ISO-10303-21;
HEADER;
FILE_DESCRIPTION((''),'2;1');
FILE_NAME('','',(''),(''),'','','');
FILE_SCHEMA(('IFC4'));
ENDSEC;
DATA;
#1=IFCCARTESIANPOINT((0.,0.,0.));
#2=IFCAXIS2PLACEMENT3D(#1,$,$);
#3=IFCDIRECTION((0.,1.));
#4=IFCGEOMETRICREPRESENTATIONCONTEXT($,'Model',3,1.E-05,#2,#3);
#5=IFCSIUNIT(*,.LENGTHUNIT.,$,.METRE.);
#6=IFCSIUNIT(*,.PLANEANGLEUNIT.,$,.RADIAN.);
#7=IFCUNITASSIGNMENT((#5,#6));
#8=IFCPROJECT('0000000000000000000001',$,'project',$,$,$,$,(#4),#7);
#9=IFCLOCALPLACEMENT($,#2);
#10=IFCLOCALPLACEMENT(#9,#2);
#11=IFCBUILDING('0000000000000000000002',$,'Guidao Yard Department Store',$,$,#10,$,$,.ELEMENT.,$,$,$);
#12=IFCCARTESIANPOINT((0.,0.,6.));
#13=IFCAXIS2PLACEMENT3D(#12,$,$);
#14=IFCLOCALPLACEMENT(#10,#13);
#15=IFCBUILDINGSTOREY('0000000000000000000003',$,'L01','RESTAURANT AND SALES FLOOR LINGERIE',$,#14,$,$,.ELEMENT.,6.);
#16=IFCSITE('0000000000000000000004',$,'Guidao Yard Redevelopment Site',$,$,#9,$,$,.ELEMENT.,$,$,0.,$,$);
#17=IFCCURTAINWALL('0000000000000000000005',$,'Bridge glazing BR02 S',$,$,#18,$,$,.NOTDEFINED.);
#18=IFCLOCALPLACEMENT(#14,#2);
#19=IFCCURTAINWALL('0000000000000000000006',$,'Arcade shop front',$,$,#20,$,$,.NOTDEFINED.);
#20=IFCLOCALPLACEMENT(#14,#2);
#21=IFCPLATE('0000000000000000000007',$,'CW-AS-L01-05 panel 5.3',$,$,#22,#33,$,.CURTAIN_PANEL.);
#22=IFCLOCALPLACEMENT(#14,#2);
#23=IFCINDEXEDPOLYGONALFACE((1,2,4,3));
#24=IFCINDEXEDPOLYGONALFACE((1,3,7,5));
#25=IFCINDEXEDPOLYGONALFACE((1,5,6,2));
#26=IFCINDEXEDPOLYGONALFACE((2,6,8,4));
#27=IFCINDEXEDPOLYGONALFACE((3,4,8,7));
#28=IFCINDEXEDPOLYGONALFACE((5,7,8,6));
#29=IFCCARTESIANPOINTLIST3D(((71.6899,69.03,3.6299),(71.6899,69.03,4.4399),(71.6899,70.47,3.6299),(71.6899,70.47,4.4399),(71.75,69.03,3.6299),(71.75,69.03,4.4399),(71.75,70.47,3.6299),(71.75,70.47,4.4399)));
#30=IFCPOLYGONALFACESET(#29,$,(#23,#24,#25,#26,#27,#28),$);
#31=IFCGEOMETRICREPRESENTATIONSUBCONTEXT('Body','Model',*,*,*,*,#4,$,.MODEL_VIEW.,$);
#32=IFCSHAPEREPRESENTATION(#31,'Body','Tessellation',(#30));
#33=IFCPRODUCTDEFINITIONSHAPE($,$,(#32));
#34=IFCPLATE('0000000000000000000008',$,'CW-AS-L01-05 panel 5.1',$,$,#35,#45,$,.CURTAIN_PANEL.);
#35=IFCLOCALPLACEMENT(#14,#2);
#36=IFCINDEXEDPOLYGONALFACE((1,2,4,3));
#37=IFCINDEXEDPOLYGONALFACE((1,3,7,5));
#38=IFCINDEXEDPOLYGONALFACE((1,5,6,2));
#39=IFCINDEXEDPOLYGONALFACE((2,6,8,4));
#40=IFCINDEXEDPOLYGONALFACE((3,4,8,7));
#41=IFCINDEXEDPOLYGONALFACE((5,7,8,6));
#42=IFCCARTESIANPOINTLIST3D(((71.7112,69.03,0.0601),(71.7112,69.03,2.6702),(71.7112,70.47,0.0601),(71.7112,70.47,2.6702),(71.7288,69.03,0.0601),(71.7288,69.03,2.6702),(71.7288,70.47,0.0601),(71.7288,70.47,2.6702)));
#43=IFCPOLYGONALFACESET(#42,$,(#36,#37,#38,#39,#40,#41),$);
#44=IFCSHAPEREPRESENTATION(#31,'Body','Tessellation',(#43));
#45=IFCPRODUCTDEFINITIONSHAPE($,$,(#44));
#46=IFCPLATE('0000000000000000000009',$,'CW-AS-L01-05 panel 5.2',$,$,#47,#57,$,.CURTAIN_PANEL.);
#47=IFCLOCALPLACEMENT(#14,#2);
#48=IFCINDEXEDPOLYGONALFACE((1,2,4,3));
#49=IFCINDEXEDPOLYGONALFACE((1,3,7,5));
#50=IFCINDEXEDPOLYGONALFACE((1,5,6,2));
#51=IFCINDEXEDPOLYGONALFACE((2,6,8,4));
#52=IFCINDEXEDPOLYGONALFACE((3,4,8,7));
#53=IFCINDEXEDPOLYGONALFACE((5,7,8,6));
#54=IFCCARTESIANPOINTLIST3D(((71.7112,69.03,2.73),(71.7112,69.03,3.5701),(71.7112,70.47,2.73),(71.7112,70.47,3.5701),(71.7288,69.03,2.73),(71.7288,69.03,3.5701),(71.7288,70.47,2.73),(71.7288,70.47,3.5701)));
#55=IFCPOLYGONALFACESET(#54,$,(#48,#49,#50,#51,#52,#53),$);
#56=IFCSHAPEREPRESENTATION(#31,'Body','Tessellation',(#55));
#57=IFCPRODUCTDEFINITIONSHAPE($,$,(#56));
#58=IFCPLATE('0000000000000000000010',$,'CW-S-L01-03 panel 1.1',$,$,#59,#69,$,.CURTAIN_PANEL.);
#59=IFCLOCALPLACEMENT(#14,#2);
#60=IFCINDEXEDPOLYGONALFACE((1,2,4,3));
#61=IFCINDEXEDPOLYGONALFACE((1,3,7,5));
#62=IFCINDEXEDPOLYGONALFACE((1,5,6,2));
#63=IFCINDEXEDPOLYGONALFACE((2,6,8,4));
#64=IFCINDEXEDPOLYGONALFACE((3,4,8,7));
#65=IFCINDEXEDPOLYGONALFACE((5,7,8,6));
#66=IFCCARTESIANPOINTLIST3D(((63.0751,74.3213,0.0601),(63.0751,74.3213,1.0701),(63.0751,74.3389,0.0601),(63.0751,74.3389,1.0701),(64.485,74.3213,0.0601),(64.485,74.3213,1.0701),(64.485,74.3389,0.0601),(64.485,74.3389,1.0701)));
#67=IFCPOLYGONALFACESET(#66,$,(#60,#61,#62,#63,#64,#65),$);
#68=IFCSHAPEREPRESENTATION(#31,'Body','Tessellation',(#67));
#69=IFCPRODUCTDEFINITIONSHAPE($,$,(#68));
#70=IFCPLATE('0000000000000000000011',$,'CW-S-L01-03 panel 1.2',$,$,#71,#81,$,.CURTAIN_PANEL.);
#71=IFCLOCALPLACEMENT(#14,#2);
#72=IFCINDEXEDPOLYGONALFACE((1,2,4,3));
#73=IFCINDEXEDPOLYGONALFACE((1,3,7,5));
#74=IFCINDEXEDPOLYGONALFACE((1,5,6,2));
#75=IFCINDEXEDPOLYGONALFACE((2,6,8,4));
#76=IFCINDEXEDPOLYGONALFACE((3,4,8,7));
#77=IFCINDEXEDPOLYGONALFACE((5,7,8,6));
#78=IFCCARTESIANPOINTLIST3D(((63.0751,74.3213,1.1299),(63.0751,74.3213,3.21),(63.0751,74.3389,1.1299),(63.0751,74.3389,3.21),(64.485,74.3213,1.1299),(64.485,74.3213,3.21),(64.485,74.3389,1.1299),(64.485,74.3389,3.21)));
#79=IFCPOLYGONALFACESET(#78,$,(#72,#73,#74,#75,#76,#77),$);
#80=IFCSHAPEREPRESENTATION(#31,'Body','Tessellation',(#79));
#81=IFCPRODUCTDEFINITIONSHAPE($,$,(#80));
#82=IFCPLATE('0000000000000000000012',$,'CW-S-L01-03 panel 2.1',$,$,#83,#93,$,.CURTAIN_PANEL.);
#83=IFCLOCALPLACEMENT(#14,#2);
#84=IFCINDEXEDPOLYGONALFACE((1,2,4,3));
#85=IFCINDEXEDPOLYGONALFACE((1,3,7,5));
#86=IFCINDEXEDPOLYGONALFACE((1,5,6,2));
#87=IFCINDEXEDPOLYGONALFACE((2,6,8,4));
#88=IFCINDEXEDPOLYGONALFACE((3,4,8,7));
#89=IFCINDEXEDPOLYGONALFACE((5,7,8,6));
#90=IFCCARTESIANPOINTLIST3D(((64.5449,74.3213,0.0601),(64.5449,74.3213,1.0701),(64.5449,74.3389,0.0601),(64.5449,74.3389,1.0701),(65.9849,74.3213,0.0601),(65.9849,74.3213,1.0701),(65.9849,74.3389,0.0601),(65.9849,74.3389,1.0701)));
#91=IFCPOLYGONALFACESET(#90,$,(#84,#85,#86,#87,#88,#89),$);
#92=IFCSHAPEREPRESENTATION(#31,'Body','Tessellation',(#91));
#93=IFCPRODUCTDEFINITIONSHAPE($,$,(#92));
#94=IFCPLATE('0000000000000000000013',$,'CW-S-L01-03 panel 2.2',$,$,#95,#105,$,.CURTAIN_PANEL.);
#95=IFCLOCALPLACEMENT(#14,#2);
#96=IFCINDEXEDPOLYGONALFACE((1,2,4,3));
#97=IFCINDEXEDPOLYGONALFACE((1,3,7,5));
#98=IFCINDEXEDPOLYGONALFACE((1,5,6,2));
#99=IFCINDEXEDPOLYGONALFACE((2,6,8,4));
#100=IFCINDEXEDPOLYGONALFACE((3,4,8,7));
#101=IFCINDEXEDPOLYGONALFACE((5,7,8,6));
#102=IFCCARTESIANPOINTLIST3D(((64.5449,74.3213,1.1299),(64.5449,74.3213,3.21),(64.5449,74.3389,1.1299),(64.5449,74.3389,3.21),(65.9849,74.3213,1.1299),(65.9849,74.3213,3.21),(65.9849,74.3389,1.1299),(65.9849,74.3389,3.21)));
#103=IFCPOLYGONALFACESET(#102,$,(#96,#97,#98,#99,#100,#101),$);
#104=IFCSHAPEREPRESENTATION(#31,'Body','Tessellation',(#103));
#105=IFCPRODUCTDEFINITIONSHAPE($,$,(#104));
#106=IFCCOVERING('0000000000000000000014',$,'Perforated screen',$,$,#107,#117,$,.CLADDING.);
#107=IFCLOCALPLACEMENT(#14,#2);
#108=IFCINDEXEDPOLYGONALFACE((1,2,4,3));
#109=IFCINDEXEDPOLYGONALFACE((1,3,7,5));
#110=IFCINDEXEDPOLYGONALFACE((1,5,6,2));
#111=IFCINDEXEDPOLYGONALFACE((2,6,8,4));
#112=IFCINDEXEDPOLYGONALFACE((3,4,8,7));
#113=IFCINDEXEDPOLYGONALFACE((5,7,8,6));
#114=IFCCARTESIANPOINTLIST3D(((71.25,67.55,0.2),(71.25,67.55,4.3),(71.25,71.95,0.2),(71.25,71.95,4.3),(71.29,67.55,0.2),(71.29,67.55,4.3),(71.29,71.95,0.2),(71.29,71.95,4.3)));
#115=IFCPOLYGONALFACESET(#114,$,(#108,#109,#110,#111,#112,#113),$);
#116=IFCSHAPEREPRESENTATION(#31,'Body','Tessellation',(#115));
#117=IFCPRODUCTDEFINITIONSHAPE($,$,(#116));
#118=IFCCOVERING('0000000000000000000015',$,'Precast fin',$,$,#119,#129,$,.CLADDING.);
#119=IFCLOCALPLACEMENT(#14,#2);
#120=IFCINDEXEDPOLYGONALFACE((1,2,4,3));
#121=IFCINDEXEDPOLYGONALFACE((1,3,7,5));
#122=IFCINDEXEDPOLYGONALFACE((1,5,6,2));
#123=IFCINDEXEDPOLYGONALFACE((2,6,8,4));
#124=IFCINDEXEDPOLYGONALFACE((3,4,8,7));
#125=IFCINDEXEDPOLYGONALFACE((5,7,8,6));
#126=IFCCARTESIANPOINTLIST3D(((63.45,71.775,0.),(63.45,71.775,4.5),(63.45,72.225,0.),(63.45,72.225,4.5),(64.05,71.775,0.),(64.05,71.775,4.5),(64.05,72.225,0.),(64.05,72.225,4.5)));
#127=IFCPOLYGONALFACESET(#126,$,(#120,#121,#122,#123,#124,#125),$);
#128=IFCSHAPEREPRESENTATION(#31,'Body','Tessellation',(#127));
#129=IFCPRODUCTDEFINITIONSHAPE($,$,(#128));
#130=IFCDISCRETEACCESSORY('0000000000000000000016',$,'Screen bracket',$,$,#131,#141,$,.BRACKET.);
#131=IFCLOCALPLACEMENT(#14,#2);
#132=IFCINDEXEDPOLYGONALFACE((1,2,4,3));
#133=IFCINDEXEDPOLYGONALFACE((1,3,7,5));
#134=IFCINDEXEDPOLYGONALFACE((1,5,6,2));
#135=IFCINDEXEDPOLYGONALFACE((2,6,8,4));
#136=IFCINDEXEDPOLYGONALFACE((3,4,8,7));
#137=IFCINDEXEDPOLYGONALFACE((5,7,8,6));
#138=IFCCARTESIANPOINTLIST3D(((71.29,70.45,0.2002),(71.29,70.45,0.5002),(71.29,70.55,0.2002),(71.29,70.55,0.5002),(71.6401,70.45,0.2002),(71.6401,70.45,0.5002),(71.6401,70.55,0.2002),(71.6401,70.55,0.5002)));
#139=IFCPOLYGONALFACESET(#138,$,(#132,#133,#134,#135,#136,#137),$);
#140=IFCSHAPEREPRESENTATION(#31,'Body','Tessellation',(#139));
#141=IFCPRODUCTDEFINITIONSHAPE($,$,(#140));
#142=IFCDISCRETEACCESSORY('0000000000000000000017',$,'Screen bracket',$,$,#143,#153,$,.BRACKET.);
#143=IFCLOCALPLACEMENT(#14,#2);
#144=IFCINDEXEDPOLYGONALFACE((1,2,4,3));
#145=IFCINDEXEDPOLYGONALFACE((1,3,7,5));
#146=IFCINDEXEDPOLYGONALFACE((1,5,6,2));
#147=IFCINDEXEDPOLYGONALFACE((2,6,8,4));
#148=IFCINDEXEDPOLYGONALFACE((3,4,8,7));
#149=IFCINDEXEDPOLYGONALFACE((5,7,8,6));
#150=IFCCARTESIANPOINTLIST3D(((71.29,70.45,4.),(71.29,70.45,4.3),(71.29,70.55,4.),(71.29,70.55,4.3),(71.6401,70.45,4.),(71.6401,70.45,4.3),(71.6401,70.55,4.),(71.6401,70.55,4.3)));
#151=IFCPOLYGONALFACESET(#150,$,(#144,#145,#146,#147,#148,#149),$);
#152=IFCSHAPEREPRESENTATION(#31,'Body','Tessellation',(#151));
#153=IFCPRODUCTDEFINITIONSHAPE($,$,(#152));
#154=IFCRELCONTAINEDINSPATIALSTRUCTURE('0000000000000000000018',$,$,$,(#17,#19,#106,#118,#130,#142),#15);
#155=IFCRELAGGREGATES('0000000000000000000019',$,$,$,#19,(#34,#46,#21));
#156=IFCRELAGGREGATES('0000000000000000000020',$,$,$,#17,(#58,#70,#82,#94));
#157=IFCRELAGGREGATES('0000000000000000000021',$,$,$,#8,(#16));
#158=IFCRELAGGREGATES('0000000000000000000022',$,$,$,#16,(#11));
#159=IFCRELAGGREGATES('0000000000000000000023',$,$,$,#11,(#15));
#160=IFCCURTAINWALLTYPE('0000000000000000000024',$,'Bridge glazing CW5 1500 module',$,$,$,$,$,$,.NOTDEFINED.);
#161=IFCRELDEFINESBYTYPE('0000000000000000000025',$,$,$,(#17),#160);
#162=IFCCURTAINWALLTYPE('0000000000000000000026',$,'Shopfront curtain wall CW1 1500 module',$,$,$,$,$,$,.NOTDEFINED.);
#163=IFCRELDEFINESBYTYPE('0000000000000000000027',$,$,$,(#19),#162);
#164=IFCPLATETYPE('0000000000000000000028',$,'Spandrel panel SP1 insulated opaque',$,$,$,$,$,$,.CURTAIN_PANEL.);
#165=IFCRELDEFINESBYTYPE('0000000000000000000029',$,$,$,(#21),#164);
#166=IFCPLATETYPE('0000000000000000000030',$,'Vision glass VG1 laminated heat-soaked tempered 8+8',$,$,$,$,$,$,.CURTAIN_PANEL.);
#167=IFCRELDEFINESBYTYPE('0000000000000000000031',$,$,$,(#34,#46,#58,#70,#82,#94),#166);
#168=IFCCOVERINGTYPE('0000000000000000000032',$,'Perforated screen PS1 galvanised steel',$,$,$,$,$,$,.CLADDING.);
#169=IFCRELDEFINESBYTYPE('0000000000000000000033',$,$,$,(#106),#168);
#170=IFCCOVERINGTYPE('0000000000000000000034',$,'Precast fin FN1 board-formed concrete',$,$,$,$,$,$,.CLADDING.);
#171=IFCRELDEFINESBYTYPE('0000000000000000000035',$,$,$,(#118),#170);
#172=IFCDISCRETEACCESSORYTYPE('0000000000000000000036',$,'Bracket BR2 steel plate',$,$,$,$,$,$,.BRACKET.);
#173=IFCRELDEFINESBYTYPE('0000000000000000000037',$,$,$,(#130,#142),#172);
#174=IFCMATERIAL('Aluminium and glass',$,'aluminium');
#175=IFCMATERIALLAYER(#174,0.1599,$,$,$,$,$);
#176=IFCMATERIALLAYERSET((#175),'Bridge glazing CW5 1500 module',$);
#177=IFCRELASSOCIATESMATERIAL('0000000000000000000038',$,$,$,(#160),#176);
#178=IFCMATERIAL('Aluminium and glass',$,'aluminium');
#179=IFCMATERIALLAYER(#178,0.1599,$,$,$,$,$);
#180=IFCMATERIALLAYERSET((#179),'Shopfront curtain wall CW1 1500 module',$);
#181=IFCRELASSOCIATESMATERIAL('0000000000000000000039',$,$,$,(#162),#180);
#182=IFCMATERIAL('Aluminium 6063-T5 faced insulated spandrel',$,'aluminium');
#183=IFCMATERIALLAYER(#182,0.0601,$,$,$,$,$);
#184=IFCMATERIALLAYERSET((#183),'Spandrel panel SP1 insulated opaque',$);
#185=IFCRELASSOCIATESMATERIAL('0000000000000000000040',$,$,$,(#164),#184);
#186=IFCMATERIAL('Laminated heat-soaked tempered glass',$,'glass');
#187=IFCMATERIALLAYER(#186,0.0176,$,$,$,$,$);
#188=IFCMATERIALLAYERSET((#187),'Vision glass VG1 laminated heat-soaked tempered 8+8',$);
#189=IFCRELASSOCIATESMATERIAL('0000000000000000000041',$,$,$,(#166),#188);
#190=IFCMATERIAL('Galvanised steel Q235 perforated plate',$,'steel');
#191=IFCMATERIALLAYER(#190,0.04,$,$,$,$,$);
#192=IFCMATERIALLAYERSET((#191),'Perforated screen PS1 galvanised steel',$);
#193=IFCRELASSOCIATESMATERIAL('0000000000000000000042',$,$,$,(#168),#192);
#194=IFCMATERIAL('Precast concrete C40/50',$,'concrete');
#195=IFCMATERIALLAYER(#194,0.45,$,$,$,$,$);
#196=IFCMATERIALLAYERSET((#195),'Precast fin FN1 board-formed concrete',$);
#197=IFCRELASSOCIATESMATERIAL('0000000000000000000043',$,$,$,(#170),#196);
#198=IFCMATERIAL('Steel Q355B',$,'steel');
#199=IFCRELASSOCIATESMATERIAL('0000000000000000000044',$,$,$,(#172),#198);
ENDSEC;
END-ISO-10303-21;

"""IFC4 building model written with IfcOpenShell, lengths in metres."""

from ifc_helpers import new_model, si_unit, direction, frame, origin, origin_2d, place, context, subcontext, project, spatial, rectangle, extrude, material, layer, layer_set, type_object, element, aggregate, save


model = new_model("IFC4")

# Units and contexts
model_context = context("Model", 3, precision=1e-05, world=origin(), true_north=direction((0.0, 1.0)))
body_context = subcontext(model_context, "Body", "Model", "MODEL_VIEW")
ifc_project = project(units=[si_unit("LENGTHUNIT", "METRE"), si_unit("PLANEANGLEUNIT", "RADIAN")], contexts=[model_context])

# Site, building, storey
site_placement = place(None, origin())
site = spatial("IfcSite", under=ifc_project, at=site_placement, Name="Guidao Yard Redevelopment Site", CompositionType="ELEMENT", RefElevation=0.0)
building_placement = place(site_placement, origin())
building = spatial("IfcBuilding", under=site, at=building_placement, Name="Guidao Yard Department Store", CompositionType="ELEMENT")
storey_placement = place(building_placement, frame((0.0, 0.0, 6.0)))
storey = spatial("IfcBuildingStorey", under=building, at=storey_placement, Name="L01", Description="RESTAURANT AND SALES FLOOR LINGERIE", CompositionType="ELEMENT", Elevation=6.0)

# Curtain walls
ifc_material_1 = material(Name="Aluminium and glass", Category="aluminium")
ifc_layer_1 = layer(ifc_material_1, 0.1599)
ifc_layer_set_1 = layer_set([ifc_layer_1], Name="Bridge glazing CW5 1500 module")
curtain_wall_type_1 = type_object("IfcCurtainWallType", Name="Bridge glazing CW5 1500 module", PredefinedType="NOTDEFINED", material=ifc_layer_set_1)
curtain_wall_1_placement = place(storey_placement, origin())
curtain_wall_1 = element("IfcCurtainWall", 1, at=curtain_wall_1_placement, inside=storey, type_object=curtain_wall_type_1, Name="Bridge glazing BR02 S", PredefinedType="NOTDEFINED")
ifc_material_2 = material(Name="Aluminium and glass", Category="aluminium")
ifc_layer_2 = layer(ifc_material_2, 0.1599)
ifc_layer_set_2 = layer_set([ifc_layer_2], Name="Shopfront curtain wall CW1 1500 module")
curtain_wall_type_2 = type_object("IfcCurtainWallType", Name="Shopfront curtain wall CW1 1500 module", PredefinedType="NOTDEFINED", material=ifc_layer_set_2)
curtain_wall_2_placement = place(storey_placement, origin())
curtain_wall_2 = element("IfcCurtainWall", 2, at=curtain_wall_2_placement, inside=storey, type_object=curtain_wall_type_2, Name="Arcade shop front", PredefinedType="NOTDEFINED")

# Plates
ifc_material_3 = material(Name="Aluminium 6063-T5 faced insulated spandrel", Category="aluminium")
ifc_layer_3 = layer(ifc_material_3, 0.0601)
ifc_layer_set_3 = layer_set([ifc_layer_3], Name="Spandrel panel SP1 insulated opaque")
plate_type_1 = type_object("IfcPlateType", Name="Spandrel panel SP1 insulated opaque", PredefinedType="CURTAIN_PANEL", material=ifc_layer_set_3)
plate_1_placement = place(storey_placement, frame((71.72, 69.75, 3.6299), z_axis=(0.0, 0.0, 1.0), x_axis=(0.0, 1.0, 0.0)))
plate_1 = element("IfcPlate", 3, at=plate_1_placement, type_object=plate_type_1, Name="CW-AS-L01-05 panel 5.3", PredefinedType="CURTAIN_PANEL", context=body_context, shape_type="SweptSolid", body=[
    extrude(rectangle(XDim=1.4399, YDim=0.0601, at=origin_2d()), origin(), (0.0, 0.0, 1.0), 0.8101),
])
ifc_material_4 = material(Name="Laminated heat-soaked tempered glass", Category="glass")
ifc_layer_4 = layer(ifc_material_4, 0.0176)
ifc_layer_set_4 = layer_set([ifc_layer_4], Name="Vision glass VG1 laminated heat-soaked tempered 8+8")
plate_type_2 = type_object("IfcPlateType", Name="Vision glass VG1 laminated heat-soaked tempered 8+8", PredefinedType="CURTAIN_PANEL", material=ifc_layer_set_4)
plate_2_placement = place(storey_placement, frame((71.72, 69.75, 0.0601), z_axis=(0.0, 0.0, 1.0), x_axis=(0.0, 1.0, 0.0)))
plate_2 = element("IfcPlate", 4, at=plate_2_placement, type_object=plate_type_2, Name="CW-AS-L01-05 panel 5.1", PredefinedType="CURTAIN_PANEL", context=body_context, shape_type="SweptSolid", body=[
    extrude(rectangle(XDim=1.4399, YDim=0.0176, at=origin_2d()), origin(), (0.0, 0.0, 1.0), 2.6101),
])
plate_3_placement = place(storey_placement, frame((71.72, 69.75, 2.73), z_axis=(0.0, 0.0, 1.0), x_axis=(0.0, 1.0, 0.0)))
plate_3 = element("IfcPlate", 5, at=plate_3_placement, type_object=plate_type_2, Name="CW-AS-L01-05 panel 5.2", PredefinedType="CURTAIN_PANEL", context=body_context, shape_type="SweptSolid", body=[
    extrude(rectangle(XDim=1.4399, YDim=0.0176, at=origin_2d()), origin(), (0.0, 0.0, 1.0), 0.8401),
])
aggregate(curtain_wall_2, [plate_2, plate_3, plate_1])
plate_4_placement = place(storey_placement, frame((63.78, 74.3301, 0.0601), z_axis=(0.0, 0.0, 1.0), x_axis=(-1.0, 0.0, 0.0)))
plate_4 = element("IfcPlate", 6, at=plate_4_placement, type_object=plate_type_2, Name="CW-S-L01-03 panel 1.1", PredefinedType="CURTAIN_PANEL", context=body_context, shape_type="SweptSolid", body=[
    extrude(rectangle(XDim=1.4099, YDim=0.0176, at=origin_2d()), origin(), (0.0, 0.0, 1.0), 1.01),
])
plate_5_placement = place(storey_placement, frame((63.78, 74.3301, 1.1299), z_axis=(0.0, 0.0, 1.0), x_axis=(-1.0, 0.0, 0.0)))
plate_5 = element("IfcPlate", 7, at=plate_5_placement, type_object=plate_type_2, Name="CW-S-L01-03 panel 1.2", PredefinedType="CURTAIN_PANEL", context=body_context, shape_type="SweptSolid", body=[
    extrude(rectangle(XDim=1.4099, YDim=0.0176, at=origin_2d()), origin(), (0.0, 0.0, 1.0), 2.0801),
])
plate_6_placement = place(storey_placement, frame((65.2649, 74.3301, 0.0601), z_axis=(0.0, 0.0, 1.0), x_axis=(-1.0, 0.0, 0.0)))
plate_6 = element("IfcPlate", 8, at=plate_6_placement, type_object=plate_type_2, Name="CW-S-L01-03 panel 2.1", PredefinedType="CURTAIN_PANEL", context=body_context, shape_type="SweptSolid", body=[
    extrude(rectangle(XDim=1.4399, YDim=0.0176, at=origin_2d()), origin(), (0.0, 0.0, 1.0), 1.01),
])
plate_7_placement = place(storey_placement, frame((65.2649, 74.3301, 1.1299), z_axis=(0.0, 0.0, 1.0), x_axis=(-1.0, 0.0, 0.0)))
plate_7 = element("IfcPlate", 9, at=plate_7_placement, type_object=plate_type_2, Name="CW-S-L01-03 panel 2.2", PredefinedType="CURTAIN_PANEL", context=body_context, shape_type="SweptSolid", body=[
    extrude(rectangle(XDim=1.4399, YDim=0.0176, at=origin_2d()), origin(), (0.0, 0.0, 1.0), 2.0801),
])
aggregate(curtain_wall_1, [plate_4, plate_5, plate_6, plate_7])

# Coverings
ifc_material_5 = material(Name="Galvanised steel Q235 perforated plate", Category="steel")
ifc_layer_5 = layer(ifc_material_5, 0.04)
ifc_layer_set_5 = layer_set([ifc_layer_5], Name="Perforated screen PS1 galvanised steel")
covering_type_1 = type_object("IfcCoveringType", Name="Perforated screen PS1 galvanised steel", PredefinedType="CLADDING", material=ifc_layer_set_5)
covering_1_placement = place(storey_placement, frame((71.27, 69.75, 0.2), z_axis=(0.0, 0.0, 1.0), x_axis=(0.0, 1.0, 0.0)))
element("IfcCovering", 10, at=covering_1_placement, inside=storey, type_object=covering_type_1, Name="Perforated screen", PredefinedType="CLADDING", context=body_context, shape_type="SweptSolid", body=[
    extrude(rectangle(XDim=4.3999, YDim=0.04, at=origin_2d()), origin(), (0.0, 0.0, 1.0), 4.1001),
])
ifc_material_6 = material(Name="Precast concrete C40/50", Category="concrete")
ifc_layer_6 = layer(ifc_material_6, 0.45)
ifc_layer_set_6 = layer_set([ifc_layer_6], Name="Precast fin FN1 board-formed concrete")
covering_type_2 = type_object("IfcCoveringType", Name="Precast fin FN1 board-formed concrete", PredefinedType="CLADDING", material=ifc_layer_set_6)
covering_2_placement = place(storey_placement, frame((63.75, 72.0, 0.0), z_axis=(0.0, 0.0, 1.0), x_axis=(0.0, -1.0, 0.0)))
element("IfcCovering", 11, at=covering_2_placement, inside=storey, type_object=covering_type_2, Name="Precast fin", PredefinedType="CLADDING", context=body_context, shape_type="SweptSolid", body=[
    extrude(rectangle(XDim=0.45, YDim=0.6001, at=origin_2d()), origin(), (0.0, 0.0, 1.0), 4.5),
])

# Discrete accessories
ifc_material_7 = material(Name="Steel Q355B", Category="steel")
discrete_accessory_type = type_object("IfcDiscreteAccessoryType", Name="Bracket BR2 steel plate", PredefinedType="BRACKET", material=ifc_material_7)
for number, where, z_axis, x_axis, name in (
    (12, (71.4651, 70.5, 0.2002), (0.0, 0.0, 1.0), (0.0, 1.0, 0.0), "Screen bracket"),
    (13, (71.4651, 70.5, 4.0), (0.0, 0.0, 1.0), (0.0, 1.0, 0.0), "Screen bracket"),
):
    element("IfcDiscreteAccessory", number, at=place(storey_placement, frame(where, z_axis=z_axis, x_axis=x_axis)), inside=storey, type_object=discrete_accessory_type, Name=name, PredefinedType="BRACKET", context=body_context, shape_type="SweptSolid", body=[
        extrude(rectangle(XDim=0.1001, YDim=0.3501, at=origin_2d()), origin(), (0.0, 0.0, 1.0), 0.3),
    ])

save(model, "model.ifc")
